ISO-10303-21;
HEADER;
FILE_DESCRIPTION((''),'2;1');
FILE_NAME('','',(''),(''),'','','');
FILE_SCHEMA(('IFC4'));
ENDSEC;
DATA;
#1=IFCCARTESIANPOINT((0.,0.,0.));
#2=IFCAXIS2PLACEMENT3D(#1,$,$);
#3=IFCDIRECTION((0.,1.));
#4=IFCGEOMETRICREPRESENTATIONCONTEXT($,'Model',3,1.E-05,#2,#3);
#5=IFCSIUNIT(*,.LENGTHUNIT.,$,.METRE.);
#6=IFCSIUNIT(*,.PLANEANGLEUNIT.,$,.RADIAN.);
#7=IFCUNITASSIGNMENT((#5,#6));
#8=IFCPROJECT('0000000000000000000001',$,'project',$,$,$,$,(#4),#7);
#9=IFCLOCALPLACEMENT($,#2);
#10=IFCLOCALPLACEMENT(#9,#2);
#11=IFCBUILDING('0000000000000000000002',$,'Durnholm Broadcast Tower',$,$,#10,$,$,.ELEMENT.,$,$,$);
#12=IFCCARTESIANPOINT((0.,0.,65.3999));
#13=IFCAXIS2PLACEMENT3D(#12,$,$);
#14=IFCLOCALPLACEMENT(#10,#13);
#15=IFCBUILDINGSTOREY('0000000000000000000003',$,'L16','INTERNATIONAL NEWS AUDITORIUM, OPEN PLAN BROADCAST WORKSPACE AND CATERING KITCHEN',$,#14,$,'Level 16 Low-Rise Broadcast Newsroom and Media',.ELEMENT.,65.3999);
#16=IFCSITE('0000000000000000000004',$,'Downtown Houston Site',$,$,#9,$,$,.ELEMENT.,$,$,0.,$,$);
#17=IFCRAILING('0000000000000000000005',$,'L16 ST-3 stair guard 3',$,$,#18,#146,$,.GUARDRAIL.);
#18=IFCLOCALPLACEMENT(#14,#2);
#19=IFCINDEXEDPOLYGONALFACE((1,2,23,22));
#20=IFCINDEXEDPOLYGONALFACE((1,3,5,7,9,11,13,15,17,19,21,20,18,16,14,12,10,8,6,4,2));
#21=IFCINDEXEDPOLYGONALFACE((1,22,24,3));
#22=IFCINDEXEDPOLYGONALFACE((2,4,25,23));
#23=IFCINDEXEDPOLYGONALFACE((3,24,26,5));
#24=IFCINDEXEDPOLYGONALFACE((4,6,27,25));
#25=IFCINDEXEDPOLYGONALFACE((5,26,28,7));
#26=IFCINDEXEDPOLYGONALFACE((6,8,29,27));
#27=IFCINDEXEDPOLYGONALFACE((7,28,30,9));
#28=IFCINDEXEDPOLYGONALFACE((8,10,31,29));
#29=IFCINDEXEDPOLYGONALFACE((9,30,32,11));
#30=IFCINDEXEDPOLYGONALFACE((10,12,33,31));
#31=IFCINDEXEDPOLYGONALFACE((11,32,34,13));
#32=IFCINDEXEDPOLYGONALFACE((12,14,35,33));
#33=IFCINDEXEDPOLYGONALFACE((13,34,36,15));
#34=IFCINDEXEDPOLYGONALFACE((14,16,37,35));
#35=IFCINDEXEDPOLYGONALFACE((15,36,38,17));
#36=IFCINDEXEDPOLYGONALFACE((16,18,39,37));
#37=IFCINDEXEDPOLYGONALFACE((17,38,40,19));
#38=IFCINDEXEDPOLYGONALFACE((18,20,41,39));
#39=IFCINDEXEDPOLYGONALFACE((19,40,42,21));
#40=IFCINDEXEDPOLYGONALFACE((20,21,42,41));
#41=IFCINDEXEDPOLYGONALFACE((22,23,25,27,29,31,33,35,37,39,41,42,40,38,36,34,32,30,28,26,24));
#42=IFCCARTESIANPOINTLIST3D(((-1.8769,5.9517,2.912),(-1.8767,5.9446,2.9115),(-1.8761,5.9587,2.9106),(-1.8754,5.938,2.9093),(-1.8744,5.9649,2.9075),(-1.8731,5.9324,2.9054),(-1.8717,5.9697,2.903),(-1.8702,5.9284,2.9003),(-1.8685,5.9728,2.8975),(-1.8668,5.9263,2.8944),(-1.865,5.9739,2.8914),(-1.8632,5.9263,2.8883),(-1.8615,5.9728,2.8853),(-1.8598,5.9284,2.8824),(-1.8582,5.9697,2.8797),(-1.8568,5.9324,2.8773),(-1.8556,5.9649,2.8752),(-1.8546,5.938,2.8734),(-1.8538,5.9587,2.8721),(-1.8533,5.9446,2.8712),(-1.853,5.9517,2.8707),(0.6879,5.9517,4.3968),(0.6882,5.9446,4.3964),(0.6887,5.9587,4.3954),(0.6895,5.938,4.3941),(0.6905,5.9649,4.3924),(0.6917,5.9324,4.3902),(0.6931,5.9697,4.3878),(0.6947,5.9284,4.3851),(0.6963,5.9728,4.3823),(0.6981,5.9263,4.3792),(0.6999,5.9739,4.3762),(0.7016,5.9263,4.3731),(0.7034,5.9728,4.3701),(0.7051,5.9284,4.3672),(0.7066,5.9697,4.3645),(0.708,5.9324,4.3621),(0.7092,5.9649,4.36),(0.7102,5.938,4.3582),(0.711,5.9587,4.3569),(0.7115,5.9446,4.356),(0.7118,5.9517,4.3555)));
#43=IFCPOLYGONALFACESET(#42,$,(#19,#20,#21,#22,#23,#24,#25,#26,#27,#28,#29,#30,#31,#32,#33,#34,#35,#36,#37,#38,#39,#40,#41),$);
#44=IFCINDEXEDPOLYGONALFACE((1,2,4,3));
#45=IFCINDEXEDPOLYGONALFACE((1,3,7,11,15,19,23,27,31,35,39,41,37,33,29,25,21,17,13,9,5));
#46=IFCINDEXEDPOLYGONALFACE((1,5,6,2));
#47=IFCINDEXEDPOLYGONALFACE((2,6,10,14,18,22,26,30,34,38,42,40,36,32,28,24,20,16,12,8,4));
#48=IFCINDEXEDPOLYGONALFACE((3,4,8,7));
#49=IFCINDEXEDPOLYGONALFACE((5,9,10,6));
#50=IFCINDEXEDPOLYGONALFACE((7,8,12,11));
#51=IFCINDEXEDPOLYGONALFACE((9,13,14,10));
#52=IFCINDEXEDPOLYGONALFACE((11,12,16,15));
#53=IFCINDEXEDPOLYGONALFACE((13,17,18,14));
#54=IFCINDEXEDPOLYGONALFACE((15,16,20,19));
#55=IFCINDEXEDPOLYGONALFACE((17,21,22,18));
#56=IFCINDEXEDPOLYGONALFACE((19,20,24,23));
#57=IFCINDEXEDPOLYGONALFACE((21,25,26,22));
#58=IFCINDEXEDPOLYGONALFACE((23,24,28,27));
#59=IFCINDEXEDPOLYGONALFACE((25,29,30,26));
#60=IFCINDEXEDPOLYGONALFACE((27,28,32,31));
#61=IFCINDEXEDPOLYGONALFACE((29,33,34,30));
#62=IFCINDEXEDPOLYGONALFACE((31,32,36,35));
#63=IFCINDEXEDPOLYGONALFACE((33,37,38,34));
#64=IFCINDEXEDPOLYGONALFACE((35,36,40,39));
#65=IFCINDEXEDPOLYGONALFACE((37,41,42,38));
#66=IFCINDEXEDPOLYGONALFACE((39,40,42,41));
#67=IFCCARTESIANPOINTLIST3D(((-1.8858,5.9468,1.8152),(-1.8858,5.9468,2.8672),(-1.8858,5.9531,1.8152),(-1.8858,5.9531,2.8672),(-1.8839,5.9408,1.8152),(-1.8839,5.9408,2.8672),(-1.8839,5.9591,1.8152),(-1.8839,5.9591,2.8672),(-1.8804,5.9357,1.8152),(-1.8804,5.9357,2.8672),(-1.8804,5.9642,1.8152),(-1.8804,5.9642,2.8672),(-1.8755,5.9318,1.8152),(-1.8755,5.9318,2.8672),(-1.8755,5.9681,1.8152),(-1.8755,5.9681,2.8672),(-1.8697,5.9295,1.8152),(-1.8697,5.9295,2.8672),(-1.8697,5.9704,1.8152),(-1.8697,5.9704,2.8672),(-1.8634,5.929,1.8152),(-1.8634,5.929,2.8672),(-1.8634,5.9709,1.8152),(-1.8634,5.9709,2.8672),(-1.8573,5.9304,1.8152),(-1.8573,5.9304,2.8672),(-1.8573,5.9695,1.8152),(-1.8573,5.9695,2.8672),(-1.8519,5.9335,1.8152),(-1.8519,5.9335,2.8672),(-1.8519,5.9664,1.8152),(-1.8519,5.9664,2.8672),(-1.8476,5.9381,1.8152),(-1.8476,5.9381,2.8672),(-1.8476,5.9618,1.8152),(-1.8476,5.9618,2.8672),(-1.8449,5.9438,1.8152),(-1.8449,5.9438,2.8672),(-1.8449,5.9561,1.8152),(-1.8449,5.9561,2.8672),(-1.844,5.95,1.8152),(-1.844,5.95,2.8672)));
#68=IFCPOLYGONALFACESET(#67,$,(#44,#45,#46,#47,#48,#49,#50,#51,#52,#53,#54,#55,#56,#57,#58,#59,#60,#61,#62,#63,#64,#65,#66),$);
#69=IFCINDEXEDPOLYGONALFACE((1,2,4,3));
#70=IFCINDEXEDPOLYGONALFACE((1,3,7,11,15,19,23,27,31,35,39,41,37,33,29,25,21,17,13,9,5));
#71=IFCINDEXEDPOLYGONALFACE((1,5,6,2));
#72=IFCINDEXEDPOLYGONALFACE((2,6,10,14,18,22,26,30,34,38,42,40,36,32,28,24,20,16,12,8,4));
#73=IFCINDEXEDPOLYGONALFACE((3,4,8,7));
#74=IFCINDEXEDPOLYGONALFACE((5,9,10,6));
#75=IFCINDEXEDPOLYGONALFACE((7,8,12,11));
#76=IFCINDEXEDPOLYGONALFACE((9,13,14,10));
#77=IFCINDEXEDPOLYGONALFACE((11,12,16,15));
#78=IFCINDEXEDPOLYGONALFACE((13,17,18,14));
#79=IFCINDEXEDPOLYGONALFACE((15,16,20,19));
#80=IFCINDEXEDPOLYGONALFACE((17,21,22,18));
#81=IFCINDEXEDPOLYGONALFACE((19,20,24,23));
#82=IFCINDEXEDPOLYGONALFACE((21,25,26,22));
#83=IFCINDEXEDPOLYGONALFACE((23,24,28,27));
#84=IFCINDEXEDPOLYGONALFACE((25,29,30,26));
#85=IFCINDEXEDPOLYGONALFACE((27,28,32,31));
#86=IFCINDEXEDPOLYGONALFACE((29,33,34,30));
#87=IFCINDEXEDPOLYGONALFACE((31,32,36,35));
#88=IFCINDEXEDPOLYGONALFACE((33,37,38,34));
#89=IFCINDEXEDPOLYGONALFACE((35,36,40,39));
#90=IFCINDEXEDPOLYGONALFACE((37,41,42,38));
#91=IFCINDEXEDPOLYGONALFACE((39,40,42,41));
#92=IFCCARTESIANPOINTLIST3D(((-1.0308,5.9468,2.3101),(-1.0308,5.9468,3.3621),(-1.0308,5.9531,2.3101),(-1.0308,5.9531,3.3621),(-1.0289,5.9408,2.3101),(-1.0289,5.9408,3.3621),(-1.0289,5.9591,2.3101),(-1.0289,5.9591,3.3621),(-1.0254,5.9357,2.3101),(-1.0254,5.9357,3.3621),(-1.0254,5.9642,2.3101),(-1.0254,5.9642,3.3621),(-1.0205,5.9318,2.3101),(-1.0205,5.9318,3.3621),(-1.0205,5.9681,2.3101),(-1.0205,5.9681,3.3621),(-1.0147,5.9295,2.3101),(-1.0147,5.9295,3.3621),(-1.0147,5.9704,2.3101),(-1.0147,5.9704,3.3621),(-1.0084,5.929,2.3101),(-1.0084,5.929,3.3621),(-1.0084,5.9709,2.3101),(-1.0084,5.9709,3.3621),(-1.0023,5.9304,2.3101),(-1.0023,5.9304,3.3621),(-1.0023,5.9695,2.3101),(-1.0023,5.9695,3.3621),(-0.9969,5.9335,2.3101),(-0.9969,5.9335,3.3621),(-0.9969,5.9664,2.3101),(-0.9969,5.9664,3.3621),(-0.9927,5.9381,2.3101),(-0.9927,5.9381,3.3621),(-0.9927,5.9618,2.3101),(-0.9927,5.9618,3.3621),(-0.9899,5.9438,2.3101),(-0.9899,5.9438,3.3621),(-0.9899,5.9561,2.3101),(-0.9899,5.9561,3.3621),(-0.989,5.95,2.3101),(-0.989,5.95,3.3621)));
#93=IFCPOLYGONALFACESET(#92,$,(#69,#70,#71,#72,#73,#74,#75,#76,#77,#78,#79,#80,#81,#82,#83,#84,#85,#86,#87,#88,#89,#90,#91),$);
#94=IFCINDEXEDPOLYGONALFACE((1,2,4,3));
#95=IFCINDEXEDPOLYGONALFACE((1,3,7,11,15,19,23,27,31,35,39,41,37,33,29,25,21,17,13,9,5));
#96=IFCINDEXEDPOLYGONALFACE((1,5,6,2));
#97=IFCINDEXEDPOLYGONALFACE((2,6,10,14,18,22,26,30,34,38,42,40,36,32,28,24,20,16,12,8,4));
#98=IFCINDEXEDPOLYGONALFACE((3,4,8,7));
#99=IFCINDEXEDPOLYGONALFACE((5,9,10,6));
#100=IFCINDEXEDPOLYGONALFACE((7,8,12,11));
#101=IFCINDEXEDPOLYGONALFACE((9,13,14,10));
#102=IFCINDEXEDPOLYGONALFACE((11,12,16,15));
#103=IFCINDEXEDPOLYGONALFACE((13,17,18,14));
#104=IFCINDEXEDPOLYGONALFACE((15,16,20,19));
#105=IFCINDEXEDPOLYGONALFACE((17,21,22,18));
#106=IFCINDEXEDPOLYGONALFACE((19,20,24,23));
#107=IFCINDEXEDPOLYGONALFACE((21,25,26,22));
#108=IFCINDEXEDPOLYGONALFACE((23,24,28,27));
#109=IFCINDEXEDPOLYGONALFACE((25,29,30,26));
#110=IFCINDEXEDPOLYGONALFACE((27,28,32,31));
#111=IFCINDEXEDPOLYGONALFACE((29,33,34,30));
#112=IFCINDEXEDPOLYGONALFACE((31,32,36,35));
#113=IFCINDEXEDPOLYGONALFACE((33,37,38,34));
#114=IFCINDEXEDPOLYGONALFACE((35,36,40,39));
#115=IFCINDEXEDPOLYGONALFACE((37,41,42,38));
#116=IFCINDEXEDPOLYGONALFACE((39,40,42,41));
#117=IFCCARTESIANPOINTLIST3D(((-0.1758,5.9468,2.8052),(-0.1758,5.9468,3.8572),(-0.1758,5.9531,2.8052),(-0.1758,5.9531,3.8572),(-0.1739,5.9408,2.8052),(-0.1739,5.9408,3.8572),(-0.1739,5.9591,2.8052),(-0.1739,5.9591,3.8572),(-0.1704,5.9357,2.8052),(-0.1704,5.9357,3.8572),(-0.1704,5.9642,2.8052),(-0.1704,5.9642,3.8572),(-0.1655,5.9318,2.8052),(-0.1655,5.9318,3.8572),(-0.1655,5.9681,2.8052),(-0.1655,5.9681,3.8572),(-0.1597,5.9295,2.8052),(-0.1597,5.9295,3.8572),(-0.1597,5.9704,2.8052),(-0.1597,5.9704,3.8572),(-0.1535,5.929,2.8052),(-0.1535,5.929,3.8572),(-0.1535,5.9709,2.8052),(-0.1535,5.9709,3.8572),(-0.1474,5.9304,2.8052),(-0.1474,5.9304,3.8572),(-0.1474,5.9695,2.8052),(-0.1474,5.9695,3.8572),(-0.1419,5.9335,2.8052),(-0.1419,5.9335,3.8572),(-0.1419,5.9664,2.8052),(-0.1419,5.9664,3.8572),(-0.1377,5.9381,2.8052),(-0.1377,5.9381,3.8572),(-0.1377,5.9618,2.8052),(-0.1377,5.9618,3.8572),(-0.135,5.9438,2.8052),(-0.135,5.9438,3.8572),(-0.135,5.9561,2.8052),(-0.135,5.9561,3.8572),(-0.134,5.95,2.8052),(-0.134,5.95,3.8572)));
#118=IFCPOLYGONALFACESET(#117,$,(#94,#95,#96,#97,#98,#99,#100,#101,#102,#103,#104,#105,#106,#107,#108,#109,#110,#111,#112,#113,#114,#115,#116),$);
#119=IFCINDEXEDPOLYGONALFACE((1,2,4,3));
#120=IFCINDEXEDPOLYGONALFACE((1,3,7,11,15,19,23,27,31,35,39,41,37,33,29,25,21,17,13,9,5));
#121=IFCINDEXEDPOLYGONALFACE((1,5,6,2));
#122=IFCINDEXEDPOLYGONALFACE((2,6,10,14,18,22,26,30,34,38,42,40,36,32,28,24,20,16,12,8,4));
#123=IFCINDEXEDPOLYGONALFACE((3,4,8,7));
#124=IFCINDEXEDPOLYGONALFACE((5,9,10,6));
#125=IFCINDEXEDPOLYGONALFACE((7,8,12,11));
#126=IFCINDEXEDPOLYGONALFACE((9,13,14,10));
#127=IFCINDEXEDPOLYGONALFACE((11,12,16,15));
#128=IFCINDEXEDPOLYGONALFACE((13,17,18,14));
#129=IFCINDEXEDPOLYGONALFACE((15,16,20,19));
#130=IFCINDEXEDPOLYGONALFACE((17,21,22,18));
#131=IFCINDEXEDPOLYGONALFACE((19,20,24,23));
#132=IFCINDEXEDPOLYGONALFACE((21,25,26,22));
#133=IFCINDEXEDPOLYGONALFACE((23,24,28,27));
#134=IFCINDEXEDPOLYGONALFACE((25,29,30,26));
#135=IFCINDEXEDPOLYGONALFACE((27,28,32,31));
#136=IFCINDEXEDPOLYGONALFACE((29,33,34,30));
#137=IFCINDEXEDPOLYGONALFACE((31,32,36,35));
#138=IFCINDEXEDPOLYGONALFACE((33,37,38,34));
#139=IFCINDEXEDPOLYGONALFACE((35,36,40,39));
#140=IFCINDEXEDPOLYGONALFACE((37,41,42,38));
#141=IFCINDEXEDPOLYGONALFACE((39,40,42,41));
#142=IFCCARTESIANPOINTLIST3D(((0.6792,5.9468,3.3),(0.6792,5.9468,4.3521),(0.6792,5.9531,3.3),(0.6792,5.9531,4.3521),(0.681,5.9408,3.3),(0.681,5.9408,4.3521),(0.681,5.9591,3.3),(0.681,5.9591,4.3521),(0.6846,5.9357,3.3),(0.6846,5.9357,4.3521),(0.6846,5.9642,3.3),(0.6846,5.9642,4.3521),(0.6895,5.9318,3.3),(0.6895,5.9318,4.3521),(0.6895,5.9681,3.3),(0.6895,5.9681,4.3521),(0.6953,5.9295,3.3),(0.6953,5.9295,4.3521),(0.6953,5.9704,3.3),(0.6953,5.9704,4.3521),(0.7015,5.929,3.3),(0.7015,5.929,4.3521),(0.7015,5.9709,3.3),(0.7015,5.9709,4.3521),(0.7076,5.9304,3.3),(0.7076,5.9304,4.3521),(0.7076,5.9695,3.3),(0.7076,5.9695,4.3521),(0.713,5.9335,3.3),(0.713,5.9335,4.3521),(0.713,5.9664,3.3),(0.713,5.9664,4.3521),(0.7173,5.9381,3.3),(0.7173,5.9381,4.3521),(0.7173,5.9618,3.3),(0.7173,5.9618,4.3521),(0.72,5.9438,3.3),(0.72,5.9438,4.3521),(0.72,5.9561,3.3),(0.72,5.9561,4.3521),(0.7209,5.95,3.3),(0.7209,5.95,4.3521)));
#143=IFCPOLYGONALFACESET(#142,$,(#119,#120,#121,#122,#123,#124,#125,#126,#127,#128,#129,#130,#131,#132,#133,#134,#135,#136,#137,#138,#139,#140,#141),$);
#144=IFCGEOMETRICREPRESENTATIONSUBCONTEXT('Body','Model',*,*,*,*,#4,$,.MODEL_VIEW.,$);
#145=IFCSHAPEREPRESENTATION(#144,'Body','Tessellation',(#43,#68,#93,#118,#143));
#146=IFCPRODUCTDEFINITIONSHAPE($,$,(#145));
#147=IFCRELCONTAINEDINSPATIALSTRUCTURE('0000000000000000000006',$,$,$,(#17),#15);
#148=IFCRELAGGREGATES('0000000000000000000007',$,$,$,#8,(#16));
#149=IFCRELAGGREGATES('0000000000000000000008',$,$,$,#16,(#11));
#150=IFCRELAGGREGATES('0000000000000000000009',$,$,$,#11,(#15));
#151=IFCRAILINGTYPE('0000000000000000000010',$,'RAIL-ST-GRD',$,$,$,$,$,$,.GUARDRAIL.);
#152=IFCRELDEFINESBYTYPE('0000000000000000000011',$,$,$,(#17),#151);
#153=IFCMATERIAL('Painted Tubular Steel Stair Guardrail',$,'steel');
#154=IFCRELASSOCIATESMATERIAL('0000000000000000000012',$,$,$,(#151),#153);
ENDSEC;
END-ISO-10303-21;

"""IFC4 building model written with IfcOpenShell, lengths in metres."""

from ifc_helpers import new_model, si_unit, direction, frame, origin, origin_2d, place, context, subcontext, project, spatial, circle, extrude, material, type_object, element, save


model = new_model("IFC4")

# Units and contexts
model_context = context("Model", 3, precision=1e-05, world=origin(), true_north=direction((0.0, 1.0)))
body_context = subcontext(model_context, "Body", "Model", "MODEL_VIEW")
ifc_project = project(units=[si_unit("LENGTHUNIT", "METRE"), si_unit("PLANEANGLEUNIT", "RADIAN")], contexts=[model_context])

# Site, building, storey
site_placement = place(None, origin())
site = spatial("IfcSite", under=ifc_project, at=site_placement, Name="Downtown Houston Site", CompositionType="ELEMENT", RefElevation=0.0)
building_placement = place(site_placement, origin())
building = spatial("IfcBuilding", under=site, at=building_placement, Name="Durnholm Broadcast Tower", CompositionType="ELEMENT")
storey_placement = place(building_placement, frame((0.0, 0.0, 65.3999)))
storey = spatial("IfcBuildingStorey", under=building, at=storey_placement, Name="L16", Description="INTERNATIONAL NEWS AUDITORIUM, OPEN PLAN BROADCAST WORKSPACE AND CATERING KITCHEN", LongName="Level 16 Low-Rise Broadcast Newsroom and Media", CompositionType="ELEMENT", Elevation=65.3999)

# Railing
ifc_material_1 = material(Name="Painted Tubular Steel Stair Guardrail", Category="steel")
railing_type = type_object("IfcRailingType", Name="RAIL-ST-GRD", PredefinedType="GUARDRAIL", material=ifc_material_1)
railing_1_placement = place(storey_placement, frame((-1.865, 5.95, 1.8152)))
element("IfcRailing", 1, at=railing_1_placement, inside=storey, type_object=railing_type, Name="L16 ST-3 stair guard 3", PredefinedType="GUARDRAIL", context=body_context, shape_type="SweptSolid", body=[
    extrude(circle(Radius=0.0239, at=origin_2d()), frame((0.0, 0.0, 1.0762), z_axis=(0.865441, 0.0, 0.50101), x_axis=(0.0, 1.0, 0.0)), (0.0, 0.0, 1.0), 2.9636),
    extrude(circle(Radius=0.021, at=origin_2d()), origin(), (0.0, 0.0, 1.0), 1.052),
    extrude(circle(Radius=0.021, at=origin_2d()), frame((0.855, 0.0, 0.4949)), (0.0, 0.0, 1.0), 1.052),
    extrude(circle(Radius=0.021, at=origin_2d()), frame((1.71, 0.0, 0.99)), (0.0, 0.0, 1.0), 1.052),
    extrude(circle(Radius=0.021, at=origin_2d()), frame((2.5649, 0.0, 1.4849)), (0.0, 0.0, 1.0), 1.052),
])

save(model, "model.ifc")
